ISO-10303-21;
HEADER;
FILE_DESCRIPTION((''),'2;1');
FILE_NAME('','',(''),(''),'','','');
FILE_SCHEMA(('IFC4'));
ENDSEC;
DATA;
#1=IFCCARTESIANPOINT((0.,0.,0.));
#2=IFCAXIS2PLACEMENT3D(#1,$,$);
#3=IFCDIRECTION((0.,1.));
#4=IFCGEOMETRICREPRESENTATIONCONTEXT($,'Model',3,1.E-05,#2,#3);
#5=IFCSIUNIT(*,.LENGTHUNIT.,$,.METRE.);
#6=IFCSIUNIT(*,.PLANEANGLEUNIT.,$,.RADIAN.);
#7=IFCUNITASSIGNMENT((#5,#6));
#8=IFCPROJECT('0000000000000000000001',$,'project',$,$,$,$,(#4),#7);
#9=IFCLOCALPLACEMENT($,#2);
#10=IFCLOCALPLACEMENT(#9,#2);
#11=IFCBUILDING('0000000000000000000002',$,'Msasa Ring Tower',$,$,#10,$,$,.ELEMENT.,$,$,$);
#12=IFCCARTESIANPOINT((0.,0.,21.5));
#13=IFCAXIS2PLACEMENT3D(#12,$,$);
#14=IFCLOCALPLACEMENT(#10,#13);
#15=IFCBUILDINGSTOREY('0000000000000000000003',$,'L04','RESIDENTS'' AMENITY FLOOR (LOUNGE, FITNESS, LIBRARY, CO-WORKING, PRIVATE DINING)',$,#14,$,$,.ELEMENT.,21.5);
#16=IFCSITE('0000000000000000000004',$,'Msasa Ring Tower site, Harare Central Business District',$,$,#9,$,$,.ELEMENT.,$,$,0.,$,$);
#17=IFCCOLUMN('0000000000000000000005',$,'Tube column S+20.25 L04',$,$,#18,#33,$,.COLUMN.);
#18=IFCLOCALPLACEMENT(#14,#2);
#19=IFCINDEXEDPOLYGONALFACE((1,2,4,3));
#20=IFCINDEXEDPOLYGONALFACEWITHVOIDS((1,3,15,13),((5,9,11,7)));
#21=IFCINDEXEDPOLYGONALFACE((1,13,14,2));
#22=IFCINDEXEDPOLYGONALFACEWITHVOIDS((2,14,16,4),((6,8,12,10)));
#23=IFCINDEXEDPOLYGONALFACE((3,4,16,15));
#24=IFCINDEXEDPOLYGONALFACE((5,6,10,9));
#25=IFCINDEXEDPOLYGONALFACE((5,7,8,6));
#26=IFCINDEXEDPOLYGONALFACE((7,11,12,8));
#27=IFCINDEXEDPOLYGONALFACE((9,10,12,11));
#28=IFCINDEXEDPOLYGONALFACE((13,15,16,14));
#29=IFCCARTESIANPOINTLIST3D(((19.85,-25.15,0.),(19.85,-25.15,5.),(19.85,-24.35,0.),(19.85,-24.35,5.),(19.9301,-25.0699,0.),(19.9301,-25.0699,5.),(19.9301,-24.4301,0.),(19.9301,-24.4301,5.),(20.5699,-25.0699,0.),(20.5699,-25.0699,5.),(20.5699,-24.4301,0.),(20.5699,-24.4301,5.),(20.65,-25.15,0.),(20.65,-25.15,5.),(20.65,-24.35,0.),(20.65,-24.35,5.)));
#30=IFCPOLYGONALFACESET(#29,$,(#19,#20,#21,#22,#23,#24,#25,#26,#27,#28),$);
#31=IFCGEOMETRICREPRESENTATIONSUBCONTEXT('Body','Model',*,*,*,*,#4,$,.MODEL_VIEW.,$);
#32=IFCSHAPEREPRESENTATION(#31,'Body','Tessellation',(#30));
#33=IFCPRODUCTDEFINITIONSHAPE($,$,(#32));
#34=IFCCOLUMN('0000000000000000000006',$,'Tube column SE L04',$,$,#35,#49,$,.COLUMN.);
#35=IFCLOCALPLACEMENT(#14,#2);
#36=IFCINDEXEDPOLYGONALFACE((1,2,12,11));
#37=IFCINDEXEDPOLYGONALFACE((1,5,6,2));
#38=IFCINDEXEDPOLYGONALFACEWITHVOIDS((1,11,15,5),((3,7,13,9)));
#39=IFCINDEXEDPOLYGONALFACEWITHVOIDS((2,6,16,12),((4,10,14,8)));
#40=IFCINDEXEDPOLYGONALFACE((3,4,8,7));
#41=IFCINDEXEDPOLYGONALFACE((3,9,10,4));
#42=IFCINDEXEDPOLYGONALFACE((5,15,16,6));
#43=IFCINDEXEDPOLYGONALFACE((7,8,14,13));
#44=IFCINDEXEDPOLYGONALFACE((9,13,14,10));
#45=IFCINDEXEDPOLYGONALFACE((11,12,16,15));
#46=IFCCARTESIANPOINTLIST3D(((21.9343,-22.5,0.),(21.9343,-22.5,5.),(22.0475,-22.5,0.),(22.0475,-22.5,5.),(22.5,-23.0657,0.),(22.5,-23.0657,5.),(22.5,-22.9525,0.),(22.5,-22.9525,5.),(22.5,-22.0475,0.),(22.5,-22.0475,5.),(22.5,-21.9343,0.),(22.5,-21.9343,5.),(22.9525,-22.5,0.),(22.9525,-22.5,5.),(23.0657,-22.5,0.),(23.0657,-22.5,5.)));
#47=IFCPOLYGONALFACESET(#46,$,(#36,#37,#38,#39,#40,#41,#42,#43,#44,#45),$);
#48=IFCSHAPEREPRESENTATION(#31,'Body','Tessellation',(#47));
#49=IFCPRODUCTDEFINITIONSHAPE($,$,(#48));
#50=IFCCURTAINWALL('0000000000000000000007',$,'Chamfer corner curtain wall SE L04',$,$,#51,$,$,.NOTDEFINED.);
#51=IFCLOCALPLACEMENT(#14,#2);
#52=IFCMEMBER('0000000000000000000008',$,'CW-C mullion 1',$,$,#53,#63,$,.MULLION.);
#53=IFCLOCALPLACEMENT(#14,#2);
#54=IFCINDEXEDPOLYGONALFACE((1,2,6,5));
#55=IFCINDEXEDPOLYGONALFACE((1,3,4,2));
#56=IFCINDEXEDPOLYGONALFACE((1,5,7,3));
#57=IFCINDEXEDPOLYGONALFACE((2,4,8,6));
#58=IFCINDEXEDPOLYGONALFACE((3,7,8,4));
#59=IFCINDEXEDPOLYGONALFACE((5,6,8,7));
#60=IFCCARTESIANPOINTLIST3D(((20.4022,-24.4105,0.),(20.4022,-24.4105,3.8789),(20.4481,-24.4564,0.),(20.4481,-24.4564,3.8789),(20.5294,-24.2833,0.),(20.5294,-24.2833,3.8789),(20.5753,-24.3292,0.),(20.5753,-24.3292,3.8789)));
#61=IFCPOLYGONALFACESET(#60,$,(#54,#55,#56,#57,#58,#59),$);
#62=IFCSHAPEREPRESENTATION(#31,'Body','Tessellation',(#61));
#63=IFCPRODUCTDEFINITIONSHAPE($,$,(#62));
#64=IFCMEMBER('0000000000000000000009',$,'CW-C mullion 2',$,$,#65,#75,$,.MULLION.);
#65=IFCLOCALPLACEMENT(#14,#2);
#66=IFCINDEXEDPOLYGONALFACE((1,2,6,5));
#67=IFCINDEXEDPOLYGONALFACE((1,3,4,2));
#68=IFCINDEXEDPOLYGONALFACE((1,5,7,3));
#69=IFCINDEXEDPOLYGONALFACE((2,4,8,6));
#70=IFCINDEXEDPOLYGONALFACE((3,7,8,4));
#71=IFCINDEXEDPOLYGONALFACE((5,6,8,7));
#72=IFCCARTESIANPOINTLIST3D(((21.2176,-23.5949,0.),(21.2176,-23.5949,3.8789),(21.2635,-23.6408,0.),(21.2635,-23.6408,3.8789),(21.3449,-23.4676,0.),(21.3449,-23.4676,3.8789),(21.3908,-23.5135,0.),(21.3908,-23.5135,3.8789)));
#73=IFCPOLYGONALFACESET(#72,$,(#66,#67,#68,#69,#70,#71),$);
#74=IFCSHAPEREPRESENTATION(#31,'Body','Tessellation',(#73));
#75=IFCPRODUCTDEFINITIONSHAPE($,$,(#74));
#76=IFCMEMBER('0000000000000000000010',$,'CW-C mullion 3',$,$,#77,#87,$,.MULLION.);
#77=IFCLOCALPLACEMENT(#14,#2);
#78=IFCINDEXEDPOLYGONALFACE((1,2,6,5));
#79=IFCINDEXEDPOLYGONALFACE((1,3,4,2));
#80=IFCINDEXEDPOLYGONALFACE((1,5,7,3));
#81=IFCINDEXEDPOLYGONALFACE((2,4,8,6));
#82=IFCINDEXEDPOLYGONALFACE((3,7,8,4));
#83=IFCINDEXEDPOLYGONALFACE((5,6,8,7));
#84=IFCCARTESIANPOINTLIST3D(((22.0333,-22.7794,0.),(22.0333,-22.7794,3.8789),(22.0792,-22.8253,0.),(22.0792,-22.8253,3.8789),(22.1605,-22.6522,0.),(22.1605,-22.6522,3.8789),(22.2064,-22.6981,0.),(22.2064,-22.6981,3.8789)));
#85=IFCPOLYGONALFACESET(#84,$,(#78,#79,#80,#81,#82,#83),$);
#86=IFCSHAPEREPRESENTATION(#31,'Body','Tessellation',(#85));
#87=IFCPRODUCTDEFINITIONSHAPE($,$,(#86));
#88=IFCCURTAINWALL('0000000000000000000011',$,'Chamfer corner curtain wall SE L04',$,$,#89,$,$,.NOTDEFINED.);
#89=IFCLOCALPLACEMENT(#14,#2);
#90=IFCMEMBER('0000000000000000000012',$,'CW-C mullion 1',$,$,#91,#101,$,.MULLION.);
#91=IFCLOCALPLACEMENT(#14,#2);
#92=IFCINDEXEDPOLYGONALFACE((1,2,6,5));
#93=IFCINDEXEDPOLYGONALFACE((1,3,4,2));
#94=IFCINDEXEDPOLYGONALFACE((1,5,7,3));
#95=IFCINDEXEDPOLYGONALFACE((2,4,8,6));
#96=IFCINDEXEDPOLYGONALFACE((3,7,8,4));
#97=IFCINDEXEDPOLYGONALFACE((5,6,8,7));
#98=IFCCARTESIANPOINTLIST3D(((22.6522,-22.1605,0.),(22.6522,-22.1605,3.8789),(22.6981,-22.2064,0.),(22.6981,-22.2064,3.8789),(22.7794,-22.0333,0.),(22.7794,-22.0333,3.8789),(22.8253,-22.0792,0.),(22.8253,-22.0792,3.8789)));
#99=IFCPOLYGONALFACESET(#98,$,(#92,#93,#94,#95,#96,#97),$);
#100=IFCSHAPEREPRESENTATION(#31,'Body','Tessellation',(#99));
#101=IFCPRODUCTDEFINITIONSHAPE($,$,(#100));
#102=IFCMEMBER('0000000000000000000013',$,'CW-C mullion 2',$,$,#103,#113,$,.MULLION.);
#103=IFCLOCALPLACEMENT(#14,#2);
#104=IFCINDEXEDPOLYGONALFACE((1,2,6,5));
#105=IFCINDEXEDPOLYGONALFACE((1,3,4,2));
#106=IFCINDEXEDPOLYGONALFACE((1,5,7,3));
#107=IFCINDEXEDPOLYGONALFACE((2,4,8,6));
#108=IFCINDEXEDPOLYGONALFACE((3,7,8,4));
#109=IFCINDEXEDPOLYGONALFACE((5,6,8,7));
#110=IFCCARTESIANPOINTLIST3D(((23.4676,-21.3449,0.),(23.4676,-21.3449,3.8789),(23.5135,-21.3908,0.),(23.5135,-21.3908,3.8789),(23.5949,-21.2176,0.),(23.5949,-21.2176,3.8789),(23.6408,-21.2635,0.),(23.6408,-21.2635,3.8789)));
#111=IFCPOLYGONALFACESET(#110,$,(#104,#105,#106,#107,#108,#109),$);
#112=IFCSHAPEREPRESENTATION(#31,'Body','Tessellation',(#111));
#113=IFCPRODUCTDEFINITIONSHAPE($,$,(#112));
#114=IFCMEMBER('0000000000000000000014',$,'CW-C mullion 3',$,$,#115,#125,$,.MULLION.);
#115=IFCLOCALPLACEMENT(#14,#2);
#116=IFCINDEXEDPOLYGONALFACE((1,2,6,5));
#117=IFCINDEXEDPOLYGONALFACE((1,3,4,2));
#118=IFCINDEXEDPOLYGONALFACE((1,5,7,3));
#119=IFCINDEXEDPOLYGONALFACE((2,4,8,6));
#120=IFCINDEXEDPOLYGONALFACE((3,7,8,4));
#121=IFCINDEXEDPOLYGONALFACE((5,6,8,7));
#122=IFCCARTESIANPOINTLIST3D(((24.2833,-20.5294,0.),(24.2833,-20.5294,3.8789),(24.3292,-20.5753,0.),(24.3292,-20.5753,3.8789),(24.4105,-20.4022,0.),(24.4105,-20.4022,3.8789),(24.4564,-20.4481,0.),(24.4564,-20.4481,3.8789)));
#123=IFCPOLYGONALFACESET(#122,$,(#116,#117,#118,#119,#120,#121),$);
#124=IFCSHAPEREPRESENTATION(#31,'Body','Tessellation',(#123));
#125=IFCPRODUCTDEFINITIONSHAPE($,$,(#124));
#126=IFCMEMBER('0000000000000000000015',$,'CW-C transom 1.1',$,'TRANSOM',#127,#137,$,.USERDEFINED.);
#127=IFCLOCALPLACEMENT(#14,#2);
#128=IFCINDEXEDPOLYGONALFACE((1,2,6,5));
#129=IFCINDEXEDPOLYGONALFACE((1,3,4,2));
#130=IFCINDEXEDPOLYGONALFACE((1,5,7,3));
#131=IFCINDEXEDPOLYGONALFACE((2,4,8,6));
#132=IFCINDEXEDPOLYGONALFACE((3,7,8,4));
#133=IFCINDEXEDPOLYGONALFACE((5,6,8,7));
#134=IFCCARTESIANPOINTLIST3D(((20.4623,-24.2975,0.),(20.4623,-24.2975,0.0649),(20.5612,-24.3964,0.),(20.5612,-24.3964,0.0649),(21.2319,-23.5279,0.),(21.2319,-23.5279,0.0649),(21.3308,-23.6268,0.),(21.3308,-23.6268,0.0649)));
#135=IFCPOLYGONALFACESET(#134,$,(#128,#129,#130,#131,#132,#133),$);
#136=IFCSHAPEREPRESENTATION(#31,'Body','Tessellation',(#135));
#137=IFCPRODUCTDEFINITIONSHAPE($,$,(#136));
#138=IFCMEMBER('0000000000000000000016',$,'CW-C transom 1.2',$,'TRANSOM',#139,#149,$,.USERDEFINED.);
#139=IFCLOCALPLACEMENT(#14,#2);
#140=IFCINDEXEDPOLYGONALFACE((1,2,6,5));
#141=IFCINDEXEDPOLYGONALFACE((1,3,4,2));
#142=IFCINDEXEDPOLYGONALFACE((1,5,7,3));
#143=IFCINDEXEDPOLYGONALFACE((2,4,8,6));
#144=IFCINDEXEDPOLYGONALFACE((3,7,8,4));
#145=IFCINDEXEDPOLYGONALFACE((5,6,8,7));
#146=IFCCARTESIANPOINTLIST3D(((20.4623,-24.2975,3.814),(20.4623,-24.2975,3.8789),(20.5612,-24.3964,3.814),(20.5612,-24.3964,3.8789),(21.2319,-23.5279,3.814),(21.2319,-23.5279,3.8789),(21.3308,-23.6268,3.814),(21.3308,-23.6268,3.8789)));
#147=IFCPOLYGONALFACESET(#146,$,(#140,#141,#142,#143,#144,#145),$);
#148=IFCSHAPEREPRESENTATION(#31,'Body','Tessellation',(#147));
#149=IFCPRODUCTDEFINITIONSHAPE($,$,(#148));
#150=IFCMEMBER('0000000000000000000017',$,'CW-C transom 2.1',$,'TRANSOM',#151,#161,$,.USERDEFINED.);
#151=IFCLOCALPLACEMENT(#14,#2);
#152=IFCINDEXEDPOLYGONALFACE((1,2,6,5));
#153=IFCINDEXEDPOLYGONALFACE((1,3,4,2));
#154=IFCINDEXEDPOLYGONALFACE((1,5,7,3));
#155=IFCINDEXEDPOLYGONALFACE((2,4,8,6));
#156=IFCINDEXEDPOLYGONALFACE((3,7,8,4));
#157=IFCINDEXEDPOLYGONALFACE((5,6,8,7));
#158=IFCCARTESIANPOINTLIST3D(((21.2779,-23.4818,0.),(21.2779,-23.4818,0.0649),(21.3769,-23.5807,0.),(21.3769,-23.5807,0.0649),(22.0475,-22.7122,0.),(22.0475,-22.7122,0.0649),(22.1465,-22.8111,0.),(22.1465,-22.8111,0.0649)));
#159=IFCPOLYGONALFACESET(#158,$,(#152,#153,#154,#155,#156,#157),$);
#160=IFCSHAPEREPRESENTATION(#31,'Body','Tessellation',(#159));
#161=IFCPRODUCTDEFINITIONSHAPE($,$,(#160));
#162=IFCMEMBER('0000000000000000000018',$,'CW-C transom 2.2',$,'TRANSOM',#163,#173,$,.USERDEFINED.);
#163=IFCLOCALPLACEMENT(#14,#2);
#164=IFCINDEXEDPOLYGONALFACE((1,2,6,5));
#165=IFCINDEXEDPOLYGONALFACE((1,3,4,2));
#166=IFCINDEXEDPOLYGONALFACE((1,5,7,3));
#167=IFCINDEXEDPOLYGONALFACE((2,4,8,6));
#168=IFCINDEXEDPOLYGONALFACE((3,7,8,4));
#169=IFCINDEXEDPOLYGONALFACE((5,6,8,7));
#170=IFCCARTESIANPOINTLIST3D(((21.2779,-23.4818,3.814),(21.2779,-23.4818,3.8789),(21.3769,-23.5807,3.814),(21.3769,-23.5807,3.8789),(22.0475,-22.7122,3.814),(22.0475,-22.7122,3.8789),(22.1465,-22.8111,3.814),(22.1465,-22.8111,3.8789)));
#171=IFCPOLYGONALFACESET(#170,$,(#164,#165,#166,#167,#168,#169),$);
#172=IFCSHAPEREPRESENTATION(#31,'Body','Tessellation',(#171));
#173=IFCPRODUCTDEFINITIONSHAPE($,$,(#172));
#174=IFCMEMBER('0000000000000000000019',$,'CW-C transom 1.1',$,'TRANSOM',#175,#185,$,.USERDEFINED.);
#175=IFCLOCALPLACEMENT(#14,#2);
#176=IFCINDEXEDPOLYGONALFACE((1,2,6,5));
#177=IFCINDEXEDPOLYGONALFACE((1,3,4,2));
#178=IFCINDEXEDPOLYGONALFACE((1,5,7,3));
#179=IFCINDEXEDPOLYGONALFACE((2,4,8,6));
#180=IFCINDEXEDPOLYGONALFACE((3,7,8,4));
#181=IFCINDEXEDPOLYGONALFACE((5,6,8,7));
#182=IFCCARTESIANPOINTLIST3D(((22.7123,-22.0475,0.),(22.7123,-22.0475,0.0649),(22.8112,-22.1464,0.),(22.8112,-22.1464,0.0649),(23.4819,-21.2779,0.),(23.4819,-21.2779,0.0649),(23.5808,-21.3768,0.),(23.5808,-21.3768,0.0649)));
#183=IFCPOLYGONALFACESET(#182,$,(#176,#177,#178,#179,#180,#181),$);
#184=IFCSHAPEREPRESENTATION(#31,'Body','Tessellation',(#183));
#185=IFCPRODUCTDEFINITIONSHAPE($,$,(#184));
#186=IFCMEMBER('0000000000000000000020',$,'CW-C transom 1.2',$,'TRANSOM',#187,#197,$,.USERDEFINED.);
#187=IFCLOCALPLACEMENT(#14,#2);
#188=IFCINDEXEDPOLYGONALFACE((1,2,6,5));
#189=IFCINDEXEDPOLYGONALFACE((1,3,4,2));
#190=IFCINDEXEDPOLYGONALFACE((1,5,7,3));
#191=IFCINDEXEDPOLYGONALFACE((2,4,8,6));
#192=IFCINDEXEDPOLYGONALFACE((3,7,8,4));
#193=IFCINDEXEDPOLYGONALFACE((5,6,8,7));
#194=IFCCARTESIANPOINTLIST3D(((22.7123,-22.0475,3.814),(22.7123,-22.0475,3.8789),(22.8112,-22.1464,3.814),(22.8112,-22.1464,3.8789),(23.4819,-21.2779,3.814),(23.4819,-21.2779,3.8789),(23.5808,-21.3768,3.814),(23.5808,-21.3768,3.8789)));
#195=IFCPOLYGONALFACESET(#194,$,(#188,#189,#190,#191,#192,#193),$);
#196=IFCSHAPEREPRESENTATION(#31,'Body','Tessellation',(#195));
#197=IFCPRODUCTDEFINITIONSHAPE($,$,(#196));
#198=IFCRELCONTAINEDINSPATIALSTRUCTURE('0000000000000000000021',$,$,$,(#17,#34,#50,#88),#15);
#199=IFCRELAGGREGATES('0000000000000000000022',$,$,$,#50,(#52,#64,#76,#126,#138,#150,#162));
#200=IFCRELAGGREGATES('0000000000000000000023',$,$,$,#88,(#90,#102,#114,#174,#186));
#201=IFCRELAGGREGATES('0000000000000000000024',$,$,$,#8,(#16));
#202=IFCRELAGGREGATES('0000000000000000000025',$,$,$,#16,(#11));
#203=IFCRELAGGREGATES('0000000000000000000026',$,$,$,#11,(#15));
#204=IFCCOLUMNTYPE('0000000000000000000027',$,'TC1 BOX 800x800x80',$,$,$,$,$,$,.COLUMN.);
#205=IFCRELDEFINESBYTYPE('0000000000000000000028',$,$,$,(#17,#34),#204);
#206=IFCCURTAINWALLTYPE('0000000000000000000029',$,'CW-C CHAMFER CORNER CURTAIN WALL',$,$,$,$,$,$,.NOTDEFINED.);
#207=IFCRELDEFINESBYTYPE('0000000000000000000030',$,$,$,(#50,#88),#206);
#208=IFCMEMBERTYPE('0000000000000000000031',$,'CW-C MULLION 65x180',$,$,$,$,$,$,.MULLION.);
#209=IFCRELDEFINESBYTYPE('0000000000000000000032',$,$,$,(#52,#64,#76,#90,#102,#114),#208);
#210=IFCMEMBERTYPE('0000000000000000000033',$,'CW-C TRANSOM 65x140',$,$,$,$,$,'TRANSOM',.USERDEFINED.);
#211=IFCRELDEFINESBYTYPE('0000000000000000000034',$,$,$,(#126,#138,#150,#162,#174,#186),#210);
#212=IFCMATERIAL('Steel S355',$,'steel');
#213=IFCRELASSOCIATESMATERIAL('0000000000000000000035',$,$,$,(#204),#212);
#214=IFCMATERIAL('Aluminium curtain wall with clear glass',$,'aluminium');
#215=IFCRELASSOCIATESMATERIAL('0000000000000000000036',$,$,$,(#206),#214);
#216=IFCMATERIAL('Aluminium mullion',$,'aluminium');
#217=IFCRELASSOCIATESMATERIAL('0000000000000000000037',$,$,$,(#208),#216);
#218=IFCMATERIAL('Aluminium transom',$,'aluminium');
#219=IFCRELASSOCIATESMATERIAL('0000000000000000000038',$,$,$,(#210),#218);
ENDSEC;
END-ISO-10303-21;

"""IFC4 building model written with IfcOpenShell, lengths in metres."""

from ifc_helpers import new_model, si_unit, direction, frame, origin, origin_2d, place, context, subcontext, project, spatial, rectangle, hollow_rectangle, extrude, material, material_profile, profile_set, type_object, element, aggregate, save


model = new_model("IFC4")

# Units and contexts
model_context = context("Model", 3, precision=1e-05, world=origin(), true_north=direction((0.0, 1.0)))
body_context = subcontext(model_context, "Body", "Model", "MODEL_VIEW")
ifc_project = project(units=[si_unit("LENGTHUNIT", "METRE"), si_unit("PLANEANGLEUNIT", "RADIAN")], contexts=[model_context])

# Site, building, storey
site_placement = place(None, origin())
site = spatial("IfcSite", under=ifc_project, at=site_placement, Name="Msasa Ring Tower site, Harare Central Business District", CompositionType="ELEMENT", RefElevation=0.0)
building_placement = place(site_placement, origin())
building = spatial("IfcBuilding", under=site, at=building_placement, Name="Msasa Ring Tower", CompositionType="ELEMENT")
storey_placement = place(building_placement, frame((0.0, 0.0, 21.5)))
storey = spatial("IfcBuildingStorey", under=building, at=storey_placement, Name="L04", Description="RESIDENTS' AMENITY FLOOR (LOUNGE, FITNESS, LIBRARY, CO-WORKING, PRIVATE DINING)", CompositionType="ELEMENT", Elevation=21.5)

# Columns
ifc_material_1 = material(Name="Steel S355", Category="steel")
ifc_material_profile_1 = material_profile(ifc_material_1, hollow_rectangle(XDim=0.8, YDim=0.8, WallThickness=0.0801, at=origin_2d()), Name="BOX 800x800x80")
ifc_profile_set_1 = profile_set([ifc_material_profile_1], Name="Steel S355")
column_type = type_object("IfcColumnType", Name="TC1 BOX 800x800x80", PredefinedType="COLUMN", material=ifc_profile_set_1)
for number, where, z_axis, x_axis, name in (
    (1, (20.25, -24.75, 0.0), (0.0, 0.0, 1.0), (0.0, 1.0, 0.0), "Tube column S+20.25 L04"),
    (2, (22.5, -22.5, 0.0), (0.0, 0.0, 1.0), (0.707107, -0.707107, 0.0), "Tube column SE L04"),
):
    element("IfcColumn", number, at=place(storey_placement, frame(where, z_axis=z_axis, x_axis=x_axis)), inside=storey, type_object=column_type, Name=name, PredefinedType="COLUMN", context=body_context, shape_type="SweptSolid", body=[
        extrude(hollow_rectangle(XDim=0.8, YDim=0.8, WallThickness=0.0801, at=origin_2d()), origin(), (0.0, 0.0, 1.0), 5.0),
    ])

# Curtain walls, members
ifc_material_2 = material(Name="Aluminium curtain wall with clear glass", Category="aluminium")
curtain_wall_type = type_object("IfcCurtainWallType", Name="CW-C CHAMFER CORNER CURTAIN WALL", PredefinedType="NOTDEFINED", material=ifc_material_2)
curtain_wall_1_placement = place(storey_placement, origin())
curtain_wall_1 = element("IfcCurtainWall", 3, at=curtain_wall_1_placement, inside=storey, type_object=curtain_wall_type, Name="Chamfer corner curtain wall SE L04", PredefinedType="NOTDEFINED")
ifc_material_3 = material(Name="Aluminium mullion", Category="aluminium")
ifc_material_profile_2 = material_profile(ifc_material_3, rectangle(XDim=0.0649, YDim=0.1799, at=origin_2d()), Name="AL 65x180")
ifc_profile_set_2 = profile_set([ifc_material_profile_2], Name="Aluminium mullion")
member_type_1 = type_object("IfcMemberType", Name="CW-C MULLION 65x180", PredefinedType="MULLION", material=ifc_profile_set_2)
member_1_placement = place(storey_placement, frame((20.4888, -24.3699, 0.0), z_axis=(0.0, 0.0, 1.0), x_axis=(-0.707107, 0.707107, 0.0)))
member_1 = element("IfcMember", 4, at=member_1_placement, type_object=member_type_1, Name="CW-C mullion 1", PredefinedType="MULLION", context=body_context, shape_type="SweptSolid", body=[
    extrude(rectangle(XDim=0.0649, YDim=0.1799, at=origin_2d()), origin(), (0.0, 0.0, 1.0), 3.8789),
])
member_2_placement = place(storey_placement, frame((21.3042, -23.5542, 0.0), z_axis=(0.0, 0.0, 1.0), x_axis=(-0.707107, 0.707107, 0.0)))
member_2 = element("IfcMember", 5, at=member_2_placement, type_object=member_type_1, Name="CW-C mullion 2", PredefinedType="MULLION", context=body_context, shape_type="SweptSolid", body=[
    extrude(rectangle(XDim=0.0649, YDim=0.1799, at=origin_2d()), origin(), (0.0, 0.0, 1.0), 3.8789),
])
member_3_placement = place(storey_placement, frame((22.1199, -22.7388, 0.0), z_axis=(0.0, 0.0, 1.0), x_axis=(-0.707107, 0.707107, 0.0)))
member_3 = element("IfcMember", 6, at=member_3_placement, type_object=member_type_1, Name="CW-C mullion 3", PredefinedType="MULLION", context=body_context, shape_type="SweptSolid", body=[
    extrude(rectangle(XDim=0.0649, YDim=0.1799, at=origin_2d()), origin(), (0.0, 0.0, 1.0), 3.8789),
])
curtain_wall_2_placement = place(storey_placement, origin())
curtain_wall_2 = element("IfcCurtainWall", 7, at=curtain_wall_2_placement, inside=storey, type_object=curtain_wall_type, Name="Chamfer corner curtain wall SE L04", PredefinedType="NOTDEFINED")
member_4_placement = place(storey_placement, frame((22.7388, -22.1199, 0.0), z_axis=(0.0, 0.0, 1.0), x_axis=(-0.707107, 0.707107, 0.0)))
member_4 = element("IfcMember", 8, at=member_4_placement, type_object=member_type_1, Name="CW-C mullion 1", PredefinedType="MULLION", context=body_context, shape_type="SweptSolid", body=[
    extrude(rectangle(XDim=0.0649, YDim=0.1799, at=origin_2d()), origin(), (0.0, 0.0, 1.0), 3.8789),
])
member_5_placement = place(storey_placement, frame((23.5542, -21.3042, 0.0), z_axis=(0.0, 0.0, 1.0), x_axis=(-0.707107, 0.707107, 0.0)))
member_5 = element("IfcMember", 9, at=member_5_placement, type_object=member_type_1, Name="CW-C mullion 2", PredefinedType="MULLION", context=body_context, shape_type="SweptSolid", body=[
    extrude(rectangle(XDim=0.0649, YDim=0.1799, at=origin_2d()), origin(), (0.0, 0.0, 1.0), 3.8789),
])
member_6_placement = place(storey_placement, frame((24.3699, -20.4888, 0.0), z_axis=(0.0, 0.0, 1.0), x_axis=(-0.707107, 0.707107, 0.0)))
member_6 = element("IfcMember", 10, at=member_6_placement, type_object=member_type_1, Name="CW-C mullion 3", PredefinedType="MULLION", context=body_context, shape_type="SweptSolid", body=[
    extrude(rectangle(XDim=0.0649, YDim=0.1799, at=origin_2d()), origin(), (0.0, 0.0, 1.0), 3.8789),
])

# Members
ifc_material_4 = material(Name="Aluminium transom", Category="aluminium")
ifc_material_profile_3 = material_profile(ifc_material_4, rectangle(XDim=0.1399, YDim=0.0649, at=origin_2d()), Name="AL 65x140")
ifc_profile_set_3 = profile_set([ifc_material_profile_3], Name="Aluminium transom")
member_type_2 = type_object("IfcMemberType", Name="CW-C TRANSOM 65x140", ElementType="TRANSOM", PredefinedType="USERDEFINED", material=ifc_profile_set_3)
member_7_placement = place(storey_placement, frame((20.5117, -24.3469, 0.0325), z_axis=(0.707107, 0.707107, 0.0), x_axis=(-0.707107, 0.707107, 0.0)))
member_7 = element("IfcMember", 11, at=member_7_placement, type_object=member_type_2, Name="CW-C transom 1.1", ObjectType="TRANSOM", PredefinedType="USERDEFINED", context=body_context, shape_type="SweptSolid", body=[
    extrude(rectangle(XDim=0.1399, YDim=0.0649, at=origin_2d()), origin(), (0.0, 0.0, 1.0), 1.0884),
])
member_8_placement = place(storey_placement, frame((20.5117, -24.3469, 3.8464), z_axis=(0.707107, 0.707107, 0.0), x_axis=(-0.707107, 0.707107, 0.0)))
member_8 = element("IfcMember", 12, at=member_8_placement, type_object=member_type_2, Name="CW-C transom 1.2", ObjectType="TRANSOM", PredefinedType="USERDEFINED", context=body_context, shape_type="SweptSolid", body=[
    extrude(rectangle(XDim=0.1399, YDim=0.0649, at=origin_2d()), origin(), (0.0, 0.0, 1.0), 1.0884),
])
member_9_placement = place(storey_placement, frame((21.3274, -23.5312, 0.0325), z_axis=(0.707107, 0.707107, 0.0), x_axis=(-0.707107, 0.707107, 0.0)))
member_9 = element("IfcMember", 13, at=member_9_placement, type_object=member_type_2, Name="CW-C transom 2.1", ObjectType="TRANSOM", PredefinedType="USERDEFINED", context=body_context, shape_type="SweptSolid", body=[
    extrude(rectangle(XDim=0.1399, YDim=0.0649, at=origin_2d()), origin(), (0.0, 0.0, 1.0), 1.0884),
])
member_10_placement = place(storey_placement, frame((21.3274, -23.5312, 3.8464), z_axis=(0.707107, 0.707107, 0.0), x_axis=(-0.707107, 0.707107, 0.0)))
member_10 = element("IfcMember", 14, at=member_10_placement, type_object=member_type_2, Name="CW-C transom 2.2", ObjectType="TRANSOM", PredefinedType="USERDEFINED", context=body_context, shape_type="SweptSolid", body=[
    extrude(rectangle(XDim=0.1399, YDim=0.0649, at=origin_2d()), origin(), (0.0, 0.0, 1.0), 1.0884),
])
member_11_placement = place(storey_placement, frame((22.7617, -22.0969, 0.0325), z_axis=(0.707107, 0.707107, 0.0), x_axis=(-0.707107, 0.707107, 0.0)))
member_11 = element("IfcMember", 15, at=member_11_placement, type_object=member_type_2, Name="CW-C transom 1.1", ObjectType="TRANSOM", PredefinedType="USERDEFINED", context=body_context, shape_type="SweptSolid", body=[
    extrude(rectangle(XDim=0.1399, YDim=0.0649, at=origin_2d()), origin(), (0.0, 0.0, 1.0), 1.0884),
])
member_12_placement = place(storey_placement, frame((22.7617, -22.0969, 3.8464), z_axis=(0.707107, 0.707107, 0.0), x_axis=(-0.707107, 0.707107, 0.0)))
member_12 = element("IfcMember", 16, at=member_12_placement, type_object=member_type_2, Name="CW-C transom 1.2", ObjectType="TRANSOM", PredefinedType="USERDEFINED", context=body_context, shape_type="SweptSolid", body=[
    extrude(rectangle(XDim=0.1399, YDim=0.0649, at=origin_2d()), origin(), (0.0, 0.0, 1.0), 1.0884),
])

aggregate(curtain_wall_1, [member_1, member_2, member_3, member_7, member_8, member_9, member_10])
aggregate(curtain_wall_2, [member_4, member_5, member_6, member_11, member_12])

save(model, "model.ifc")
